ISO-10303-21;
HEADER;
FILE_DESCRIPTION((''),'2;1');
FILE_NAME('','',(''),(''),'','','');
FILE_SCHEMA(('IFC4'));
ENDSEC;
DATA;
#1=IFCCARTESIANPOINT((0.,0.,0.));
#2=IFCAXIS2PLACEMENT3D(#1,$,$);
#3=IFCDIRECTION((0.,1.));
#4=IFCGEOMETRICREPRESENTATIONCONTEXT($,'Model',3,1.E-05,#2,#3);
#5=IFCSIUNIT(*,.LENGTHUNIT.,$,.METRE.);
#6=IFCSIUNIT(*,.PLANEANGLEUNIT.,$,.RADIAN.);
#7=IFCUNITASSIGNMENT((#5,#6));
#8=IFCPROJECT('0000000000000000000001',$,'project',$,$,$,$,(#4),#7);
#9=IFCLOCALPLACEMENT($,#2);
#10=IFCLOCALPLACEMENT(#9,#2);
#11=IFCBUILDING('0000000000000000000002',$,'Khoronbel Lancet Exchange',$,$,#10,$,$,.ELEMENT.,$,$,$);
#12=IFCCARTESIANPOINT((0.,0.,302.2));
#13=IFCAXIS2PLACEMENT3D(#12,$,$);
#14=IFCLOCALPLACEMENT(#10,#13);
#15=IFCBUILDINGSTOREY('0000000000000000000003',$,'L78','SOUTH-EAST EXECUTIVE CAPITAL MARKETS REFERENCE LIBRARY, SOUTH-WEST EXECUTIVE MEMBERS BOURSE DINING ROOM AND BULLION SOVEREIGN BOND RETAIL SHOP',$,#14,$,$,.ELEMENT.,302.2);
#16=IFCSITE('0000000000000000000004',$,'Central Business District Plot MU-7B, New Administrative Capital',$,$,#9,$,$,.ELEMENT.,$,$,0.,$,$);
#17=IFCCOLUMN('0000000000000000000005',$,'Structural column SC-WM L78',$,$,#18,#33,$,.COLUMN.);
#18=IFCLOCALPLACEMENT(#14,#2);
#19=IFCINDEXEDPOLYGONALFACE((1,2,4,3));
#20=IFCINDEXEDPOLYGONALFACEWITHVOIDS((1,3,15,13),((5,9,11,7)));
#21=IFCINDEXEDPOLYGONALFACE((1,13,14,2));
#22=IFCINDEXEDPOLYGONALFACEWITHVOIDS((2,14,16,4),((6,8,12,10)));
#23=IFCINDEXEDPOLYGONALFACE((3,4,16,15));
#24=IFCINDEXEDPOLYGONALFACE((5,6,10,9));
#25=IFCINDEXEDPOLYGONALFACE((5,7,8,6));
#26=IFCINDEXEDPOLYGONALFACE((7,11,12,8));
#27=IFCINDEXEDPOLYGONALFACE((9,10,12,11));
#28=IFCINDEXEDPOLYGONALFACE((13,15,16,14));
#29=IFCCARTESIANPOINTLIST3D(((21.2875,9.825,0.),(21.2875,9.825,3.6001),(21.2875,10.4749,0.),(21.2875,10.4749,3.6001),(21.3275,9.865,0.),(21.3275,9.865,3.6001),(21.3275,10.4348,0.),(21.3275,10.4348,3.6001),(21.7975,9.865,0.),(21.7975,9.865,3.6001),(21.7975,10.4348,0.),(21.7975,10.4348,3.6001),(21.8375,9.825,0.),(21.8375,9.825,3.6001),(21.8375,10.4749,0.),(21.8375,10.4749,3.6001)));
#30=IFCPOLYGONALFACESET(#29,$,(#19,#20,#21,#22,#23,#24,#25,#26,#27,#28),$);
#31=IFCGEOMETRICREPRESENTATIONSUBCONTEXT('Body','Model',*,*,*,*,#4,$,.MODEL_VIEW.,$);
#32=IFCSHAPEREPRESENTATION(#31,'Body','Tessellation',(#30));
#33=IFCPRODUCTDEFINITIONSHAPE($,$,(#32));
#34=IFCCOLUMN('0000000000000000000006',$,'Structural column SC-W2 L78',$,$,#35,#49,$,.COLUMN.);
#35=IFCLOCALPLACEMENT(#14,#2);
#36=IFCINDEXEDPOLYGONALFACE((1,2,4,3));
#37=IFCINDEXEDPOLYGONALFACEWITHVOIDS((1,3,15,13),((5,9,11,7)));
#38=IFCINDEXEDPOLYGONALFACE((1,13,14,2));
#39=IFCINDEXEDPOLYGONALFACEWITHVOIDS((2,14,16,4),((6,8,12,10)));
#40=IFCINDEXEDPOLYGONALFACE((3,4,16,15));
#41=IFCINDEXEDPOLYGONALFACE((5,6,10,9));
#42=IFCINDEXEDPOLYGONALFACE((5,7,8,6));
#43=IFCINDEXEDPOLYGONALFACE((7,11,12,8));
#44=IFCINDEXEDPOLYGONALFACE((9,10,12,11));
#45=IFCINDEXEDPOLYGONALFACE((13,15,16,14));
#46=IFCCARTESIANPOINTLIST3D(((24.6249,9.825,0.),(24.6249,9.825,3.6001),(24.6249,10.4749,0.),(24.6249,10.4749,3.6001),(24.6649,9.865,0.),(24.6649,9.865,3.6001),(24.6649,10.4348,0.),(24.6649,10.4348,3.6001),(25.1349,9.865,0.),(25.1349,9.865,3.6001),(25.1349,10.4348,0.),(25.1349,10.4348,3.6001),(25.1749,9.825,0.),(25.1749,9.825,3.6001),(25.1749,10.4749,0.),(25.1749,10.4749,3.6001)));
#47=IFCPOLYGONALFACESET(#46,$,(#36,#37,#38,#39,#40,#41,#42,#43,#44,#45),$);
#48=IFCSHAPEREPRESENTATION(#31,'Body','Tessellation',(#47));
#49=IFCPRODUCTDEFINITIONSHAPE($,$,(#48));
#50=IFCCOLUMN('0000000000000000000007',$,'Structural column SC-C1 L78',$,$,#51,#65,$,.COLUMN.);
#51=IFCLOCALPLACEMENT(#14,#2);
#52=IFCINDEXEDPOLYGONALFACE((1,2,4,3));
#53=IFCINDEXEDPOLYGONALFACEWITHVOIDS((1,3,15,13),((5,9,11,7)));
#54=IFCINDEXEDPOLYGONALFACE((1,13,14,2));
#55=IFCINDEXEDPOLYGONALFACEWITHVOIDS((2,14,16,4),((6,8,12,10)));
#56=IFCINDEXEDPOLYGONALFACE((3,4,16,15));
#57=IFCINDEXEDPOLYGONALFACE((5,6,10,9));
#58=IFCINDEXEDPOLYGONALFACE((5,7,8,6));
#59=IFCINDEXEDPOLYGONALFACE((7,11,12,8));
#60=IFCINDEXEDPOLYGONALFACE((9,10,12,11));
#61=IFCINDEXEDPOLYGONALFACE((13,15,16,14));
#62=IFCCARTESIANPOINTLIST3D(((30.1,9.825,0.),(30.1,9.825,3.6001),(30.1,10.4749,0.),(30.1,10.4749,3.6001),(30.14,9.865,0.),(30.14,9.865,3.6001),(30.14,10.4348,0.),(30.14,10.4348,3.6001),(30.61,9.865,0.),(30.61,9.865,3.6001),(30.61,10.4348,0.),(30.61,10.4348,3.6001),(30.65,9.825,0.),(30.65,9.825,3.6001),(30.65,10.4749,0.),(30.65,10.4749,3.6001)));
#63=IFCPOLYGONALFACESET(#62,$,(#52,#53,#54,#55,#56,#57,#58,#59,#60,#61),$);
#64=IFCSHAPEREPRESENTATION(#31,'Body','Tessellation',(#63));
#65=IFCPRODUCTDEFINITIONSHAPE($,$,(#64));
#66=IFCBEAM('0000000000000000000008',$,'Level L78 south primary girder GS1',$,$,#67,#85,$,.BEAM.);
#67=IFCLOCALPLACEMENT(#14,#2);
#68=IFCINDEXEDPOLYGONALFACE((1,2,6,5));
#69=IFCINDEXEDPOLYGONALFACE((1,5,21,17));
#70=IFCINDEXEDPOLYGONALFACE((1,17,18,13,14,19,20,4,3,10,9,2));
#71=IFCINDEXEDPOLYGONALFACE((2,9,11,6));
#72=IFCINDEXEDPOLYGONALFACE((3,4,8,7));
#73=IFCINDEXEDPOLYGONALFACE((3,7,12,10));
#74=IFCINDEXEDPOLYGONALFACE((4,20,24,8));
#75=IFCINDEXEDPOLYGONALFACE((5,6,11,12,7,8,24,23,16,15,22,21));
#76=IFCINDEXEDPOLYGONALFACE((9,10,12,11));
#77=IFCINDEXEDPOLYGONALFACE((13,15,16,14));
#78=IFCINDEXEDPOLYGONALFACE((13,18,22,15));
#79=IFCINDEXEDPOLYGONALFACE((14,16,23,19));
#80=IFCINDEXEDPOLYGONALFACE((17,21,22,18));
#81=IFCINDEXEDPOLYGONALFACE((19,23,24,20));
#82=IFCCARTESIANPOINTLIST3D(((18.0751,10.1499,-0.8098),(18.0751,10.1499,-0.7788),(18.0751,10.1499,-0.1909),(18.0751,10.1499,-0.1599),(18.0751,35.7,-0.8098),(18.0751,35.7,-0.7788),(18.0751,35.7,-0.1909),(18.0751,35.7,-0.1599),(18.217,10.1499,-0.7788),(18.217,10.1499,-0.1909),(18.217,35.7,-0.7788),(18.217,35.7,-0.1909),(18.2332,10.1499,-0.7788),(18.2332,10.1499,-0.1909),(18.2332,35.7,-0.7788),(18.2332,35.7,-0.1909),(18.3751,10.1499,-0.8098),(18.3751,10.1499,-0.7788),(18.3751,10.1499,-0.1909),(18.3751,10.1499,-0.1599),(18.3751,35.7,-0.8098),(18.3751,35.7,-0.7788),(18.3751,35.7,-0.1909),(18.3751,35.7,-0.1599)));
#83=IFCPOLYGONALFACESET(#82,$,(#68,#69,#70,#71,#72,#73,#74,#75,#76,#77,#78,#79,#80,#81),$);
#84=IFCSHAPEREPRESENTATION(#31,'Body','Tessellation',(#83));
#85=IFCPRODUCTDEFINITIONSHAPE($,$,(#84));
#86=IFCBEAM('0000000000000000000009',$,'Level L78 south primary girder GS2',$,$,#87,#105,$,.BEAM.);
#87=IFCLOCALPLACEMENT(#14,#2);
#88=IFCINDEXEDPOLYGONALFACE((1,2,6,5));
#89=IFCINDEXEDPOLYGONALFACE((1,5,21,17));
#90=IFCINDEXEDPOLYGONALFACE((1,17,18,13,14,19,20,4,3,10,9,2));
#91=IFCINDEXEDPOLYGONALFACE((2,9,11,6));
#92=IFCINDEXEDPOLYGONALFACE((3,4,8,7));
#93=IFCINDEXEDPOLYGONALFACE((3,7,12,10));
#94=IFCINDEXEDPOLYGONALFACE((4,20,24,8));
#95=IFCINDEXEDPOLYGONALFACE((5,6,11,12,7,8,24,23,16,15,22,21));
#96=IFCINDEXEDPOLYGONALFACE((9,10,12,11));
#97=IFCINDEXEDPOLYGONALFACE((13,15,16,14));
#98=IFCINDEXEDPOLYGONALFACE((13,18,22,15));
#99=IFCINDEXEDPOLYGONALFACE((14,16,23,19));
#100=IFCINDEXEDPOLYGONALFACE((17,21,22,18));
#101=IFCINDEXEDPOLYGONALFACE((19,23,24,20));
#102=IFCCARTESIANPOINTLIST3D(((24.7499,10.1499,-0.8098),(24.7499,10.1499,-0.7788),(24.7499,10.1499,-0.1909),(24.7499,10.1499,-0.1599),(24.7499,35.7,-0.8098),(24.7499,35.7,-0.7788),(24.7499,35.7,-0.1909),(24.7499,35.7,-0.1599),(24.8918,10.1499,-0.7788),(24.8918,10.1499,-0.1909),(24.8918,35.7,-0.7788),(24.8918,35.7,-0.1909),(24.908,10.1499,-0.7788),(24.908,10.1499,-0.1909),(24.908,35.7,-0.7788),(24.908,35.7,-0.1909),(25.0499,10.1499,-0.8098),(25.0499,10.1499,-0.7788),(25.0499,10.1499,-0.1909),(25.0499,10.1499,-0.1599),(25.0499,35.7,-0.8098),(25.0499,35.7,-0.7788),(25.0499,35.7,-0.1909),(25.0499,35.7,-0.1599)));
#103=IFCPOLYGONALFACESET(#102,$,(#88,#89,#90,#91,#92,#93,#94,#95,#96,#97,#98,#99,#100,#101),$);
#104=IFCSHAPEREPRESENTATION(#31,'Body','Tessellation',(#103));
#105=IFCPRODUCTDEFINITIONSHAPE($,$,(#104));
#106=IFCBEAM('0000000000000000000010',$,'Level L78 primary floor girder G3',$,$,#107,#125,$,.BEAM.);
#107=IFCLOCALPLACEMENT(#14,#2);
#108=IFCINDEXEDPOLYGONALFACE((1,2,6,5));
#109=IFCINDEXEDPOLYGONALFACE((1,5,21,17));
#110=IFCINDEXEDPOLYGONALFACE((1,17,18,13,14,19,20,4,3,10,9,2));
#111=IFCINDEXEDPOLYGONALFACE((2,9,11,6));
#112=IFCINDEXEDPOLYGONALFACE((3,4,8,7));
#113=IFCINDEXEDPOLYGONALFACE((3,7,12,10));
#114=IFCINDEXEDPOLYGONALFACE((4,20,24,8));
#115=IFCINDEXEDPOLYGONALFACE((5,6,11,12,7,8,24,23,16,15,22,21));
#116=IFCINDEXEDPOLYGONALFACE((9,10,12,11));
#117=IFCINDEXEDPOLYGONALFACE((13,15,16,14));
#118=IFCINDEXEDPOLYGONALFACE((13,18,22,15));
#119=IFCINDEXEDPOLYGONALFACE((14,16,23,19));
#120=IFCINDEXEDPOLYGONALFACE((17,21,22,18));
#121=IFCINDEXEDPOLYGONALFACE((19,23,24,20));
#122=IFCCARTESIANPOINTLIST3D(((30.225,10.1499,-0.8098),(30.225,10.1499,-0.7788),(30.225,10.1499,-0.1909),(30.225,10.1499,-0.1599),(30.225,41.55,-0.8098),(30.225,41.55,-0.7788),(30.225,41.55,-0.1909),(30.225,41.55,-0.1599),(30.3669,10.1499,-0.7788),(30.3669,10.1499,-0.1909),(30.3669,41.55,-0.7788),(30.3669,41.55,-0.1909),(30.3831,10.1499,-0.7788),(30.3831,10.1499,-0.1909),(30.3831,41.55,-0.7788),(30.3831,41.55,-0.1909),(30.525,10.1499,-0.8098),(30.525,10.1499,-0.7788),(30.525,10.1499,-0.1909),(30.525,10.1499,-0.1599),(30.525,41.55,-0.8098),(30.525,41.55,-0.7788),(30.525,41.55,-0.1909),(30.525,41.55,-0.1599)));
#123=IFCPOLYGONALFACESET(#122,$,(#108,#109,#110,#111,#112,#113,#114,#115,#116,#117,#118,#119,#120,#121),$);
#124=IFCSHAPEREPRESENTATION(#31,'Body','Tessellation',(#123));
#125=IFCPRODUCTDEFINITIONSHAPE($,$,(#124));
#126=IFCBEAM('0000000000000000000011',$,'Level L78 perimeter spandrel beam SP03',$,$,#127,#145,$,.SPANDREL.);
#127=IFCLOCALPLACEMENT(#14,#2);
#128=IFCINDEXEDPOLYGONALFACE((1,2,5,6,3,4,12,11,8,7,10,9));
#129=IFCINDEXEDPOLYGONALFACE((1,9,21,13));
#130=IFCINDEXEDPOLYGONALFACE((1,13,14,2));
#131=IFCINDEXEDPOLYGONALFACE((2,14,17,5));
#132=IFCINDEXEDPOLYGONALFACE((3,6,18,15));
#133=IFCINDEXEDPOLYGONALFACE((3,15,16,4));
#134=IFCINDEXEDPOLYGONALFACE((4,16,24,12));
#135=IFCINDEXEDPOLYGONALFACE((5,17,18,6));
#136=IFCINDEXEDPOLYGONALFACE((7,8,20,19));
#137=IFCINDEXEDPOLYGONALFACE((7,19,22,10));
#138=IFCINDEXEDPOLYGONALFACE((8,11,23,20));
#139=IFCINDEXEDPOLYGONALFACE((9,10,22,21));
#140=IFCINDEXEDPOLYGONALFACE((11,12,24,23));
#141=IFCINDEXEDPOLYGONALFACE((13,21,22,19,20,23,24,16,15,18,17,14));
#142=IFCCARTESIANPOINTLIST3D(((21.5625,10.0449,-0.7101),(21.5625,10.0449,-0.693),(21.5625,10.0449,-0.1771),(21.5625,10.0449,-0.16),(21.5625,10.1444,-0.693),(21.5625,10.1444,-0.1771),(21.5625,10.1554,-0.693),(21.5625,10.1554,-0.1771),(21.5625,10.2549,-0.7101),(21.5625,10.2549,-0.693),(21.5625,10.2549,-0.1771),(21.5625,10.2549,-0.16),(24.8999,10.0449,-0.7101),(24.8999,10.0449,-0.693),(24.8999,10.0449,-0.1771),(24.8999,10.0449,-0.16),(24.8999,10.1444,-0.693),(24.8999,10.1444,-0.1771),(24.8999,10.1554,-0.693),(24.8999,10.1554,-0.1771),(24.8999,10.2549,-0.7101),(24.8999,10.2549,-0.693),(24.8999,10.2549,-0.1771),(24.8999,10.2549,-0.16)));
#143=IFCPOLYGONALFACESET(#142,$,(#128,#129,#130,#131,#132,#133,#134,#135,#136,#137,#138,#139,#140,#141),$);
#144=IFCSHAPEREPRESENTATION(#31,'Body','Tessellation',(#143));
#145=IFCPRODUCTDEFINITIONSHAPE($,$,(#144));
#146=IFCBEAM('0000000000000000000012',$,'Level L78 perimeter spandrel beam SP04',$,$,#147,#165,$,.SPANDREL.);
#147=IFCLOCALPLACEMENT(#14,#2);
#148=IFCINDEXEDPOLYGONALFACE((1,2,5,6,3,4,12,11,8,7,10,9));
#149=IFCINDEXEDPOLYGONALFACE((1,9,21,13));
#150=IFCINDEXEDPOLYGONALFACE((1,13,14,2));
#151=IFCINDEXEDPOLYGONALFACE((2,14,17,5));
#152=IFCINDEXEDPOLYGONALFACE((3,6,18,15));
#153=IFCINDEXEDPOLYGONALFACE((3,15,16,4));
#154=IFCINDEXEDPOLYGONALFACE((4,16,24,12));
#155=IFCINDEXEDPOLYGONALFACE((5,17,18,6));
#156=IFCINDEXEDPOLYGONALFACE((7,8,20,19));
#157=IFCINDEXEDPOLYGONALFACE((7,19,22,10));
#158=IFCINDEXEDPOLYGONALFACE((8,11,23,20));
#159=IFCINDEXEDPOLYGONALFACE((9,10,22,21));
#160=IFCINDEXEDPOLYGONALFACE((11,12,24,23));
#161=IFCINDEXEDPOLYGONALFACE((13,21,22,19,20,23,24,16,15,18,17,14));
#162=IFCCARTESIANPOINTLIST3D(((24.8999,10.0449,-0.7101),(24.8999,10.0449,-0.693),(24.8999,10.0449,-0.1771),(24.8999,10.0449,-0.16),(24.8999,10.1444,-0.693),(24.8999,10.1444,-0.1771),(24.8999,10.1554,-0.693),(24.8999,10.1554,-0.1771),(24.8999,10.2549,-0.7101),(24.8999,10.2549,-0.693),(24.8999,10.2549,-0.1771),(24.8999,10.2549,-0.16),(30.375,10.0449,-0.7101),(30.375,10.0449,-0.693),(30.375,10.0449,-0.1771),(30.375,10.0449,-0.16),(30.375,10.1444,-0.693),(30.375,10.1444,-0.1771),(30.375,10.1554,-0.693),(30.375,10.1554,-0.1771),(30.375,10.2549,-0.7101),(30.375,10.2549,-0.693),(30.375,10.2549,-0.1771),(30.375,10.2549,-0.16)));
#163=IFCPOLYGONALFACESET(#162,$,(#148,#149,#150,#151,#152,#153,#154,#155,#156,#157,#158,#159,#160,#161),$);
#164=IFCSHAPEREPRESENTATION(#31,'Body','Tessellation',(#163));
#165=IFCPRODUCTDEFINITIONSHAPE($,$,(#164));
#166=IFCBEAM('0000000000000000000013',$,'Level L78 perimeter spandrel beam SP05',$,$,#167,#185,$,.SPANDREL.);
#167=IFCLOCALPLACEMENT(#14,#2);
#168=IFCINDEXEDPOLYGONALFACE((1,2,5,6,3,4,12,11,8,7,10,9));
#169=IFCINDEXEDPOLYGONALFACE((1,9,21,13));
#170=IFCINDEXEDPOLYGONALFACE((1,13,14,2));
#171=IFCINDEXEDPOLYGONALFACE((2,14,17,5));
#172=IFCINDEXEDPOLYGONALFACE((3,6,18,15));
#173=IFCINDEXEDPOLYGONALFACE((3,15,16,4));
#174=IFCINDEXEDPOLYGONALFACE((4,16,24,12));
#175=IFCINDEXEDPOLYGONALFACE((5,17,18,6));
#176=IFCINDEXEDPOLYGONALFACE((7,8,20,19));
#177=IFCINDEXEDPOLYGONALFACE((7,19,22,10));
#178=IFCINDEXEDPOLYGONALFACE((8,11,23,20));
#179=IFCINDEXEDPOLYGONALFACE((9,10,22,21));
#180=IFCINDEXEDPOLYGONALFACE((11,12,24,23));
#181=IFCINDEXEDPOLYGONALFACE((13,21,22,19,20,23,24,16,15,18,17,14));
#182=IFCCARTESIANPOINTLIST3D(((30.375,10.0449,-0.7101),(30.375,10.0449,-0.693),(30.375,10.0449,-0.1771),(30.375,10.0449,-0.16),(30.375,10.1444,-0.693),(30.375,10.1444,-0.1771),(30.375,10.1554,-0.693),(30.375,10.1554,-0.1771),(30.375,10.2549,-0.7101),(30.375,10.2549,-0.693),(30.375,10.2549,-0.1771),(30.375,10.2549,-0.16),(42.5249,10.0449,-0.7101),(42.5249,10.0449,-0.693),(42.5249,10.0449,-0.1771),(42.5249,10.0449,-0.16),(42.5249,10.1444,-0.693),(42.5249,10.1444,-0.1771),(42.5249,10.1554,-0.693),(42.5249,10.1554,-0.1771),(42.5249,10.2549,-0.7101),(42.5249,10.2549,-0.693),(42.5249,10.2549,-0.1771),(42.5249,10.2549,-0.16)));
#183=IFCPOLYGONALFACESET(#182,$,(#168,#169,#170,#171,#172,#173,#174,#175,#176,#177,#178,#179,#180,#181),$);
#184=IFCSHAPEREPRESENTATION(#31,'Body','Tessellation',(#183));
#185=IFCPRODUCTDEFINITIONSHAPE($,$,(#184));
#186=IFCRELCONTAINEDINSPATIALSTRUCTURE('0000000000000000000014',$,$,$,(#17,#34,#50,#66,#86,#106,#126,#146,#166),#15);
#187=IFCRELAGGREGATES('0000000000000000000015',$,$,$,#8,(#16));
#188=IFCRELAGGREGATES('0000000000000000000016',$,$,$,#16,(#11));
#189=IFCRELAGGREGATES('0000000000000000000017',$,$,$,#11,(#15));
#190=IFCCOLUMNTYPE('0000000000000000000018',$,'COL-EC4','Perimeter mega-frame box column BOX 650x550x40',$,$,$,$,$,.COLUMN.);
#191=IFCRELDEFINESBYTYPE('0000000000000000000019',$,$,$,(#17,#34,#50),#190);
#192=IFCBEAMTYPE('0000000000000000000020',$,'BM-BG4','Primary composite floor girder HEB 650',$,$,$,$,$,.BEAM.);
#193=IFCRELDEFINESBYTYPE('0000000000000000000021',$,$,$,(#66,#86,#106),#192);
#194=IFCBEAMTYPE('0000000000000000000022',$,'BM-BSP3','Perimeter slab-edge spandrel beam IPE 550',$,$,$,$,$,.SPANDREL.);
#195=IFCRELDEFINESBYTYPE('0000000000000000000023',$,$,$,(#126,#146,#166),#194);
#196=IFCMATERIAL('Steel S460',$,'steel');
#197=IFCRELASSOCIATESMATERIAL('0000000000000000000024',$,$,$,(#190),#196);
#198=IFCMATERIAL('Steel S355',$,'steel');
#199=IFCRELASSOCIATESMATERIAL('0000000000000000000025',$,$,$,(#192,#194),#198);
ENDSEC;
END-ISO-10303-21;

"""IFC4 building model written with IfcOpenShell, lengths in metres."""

from ifc_helpers import new_model, si_unit, direction, frame, origin, origin_2d, place, context, subcontext, project, spatial, hollow_rectangle, i_section, extrude, material, material_profile, profile_set, type_object, element, save


model = new_model("IFC4")

# Units and contexts
model_context = context("Model", 3, precision=1e-05, world=origin(), true_north=direction((0.0, 1.0)))
body_context = subcontext(model_context, "Body", "Model", "MODEL_VIEW")
ifc_project = project(units=[si_unit("LENGTHUNIT", "METRE"), si_unit("PLANEANGLEUNIT", "RADIAN")], contexts=[model_context])

# Site, building, storey
site_placement = place(None, origin())
site = spatial("IfcSite", under=ifc_project, at=site_placement, Name="Central Business District Plot MU-7B, New Administrative Capital", CompositionType="ELEMENT", RefElevation=0.0)
building_placement = place(site_placement, origin())
building = spatial("IfcBuilding", under=site, at=building_placement, Name="Khoronbel Lancet Exchange", CompositionType="ELEMENT")
storey_placement = place(building_placement, frame((0.0, 0.0, 302.2)))
storey = spatial("IfcBuildingStorey", under=building, at=storey_placement, Name="L78", Description="SOUTH-EAST EXECUTIVE CAPITAL MARKETS REFERENCE LIBRARY, SOUTH-WEST EXECUTIVE MEMBERS BOURSE DINING ROOM AND BULLION SOVEREIGN BOND RETAIL SHOP", CompositionType="ELEMENT", Elevation=302.2)

# Columns
ifc_material_1 = material(Name="Steel S460", Category="steel")
ifc_material_profile_1 = material_profile(ifc_material_1, hollow_rectangle(XDim=0.55, YDim=0.6499, WallThickness=0.04, at=origin_2d()), Name="BOX 650x550x40")
ifc_profile_set_1 = profile_set([ifc_material_profile_1], Name="Steel S460")
column_type = type_object("IfcColumnType", Name="COL-EC4", Description="Perimeter mega-frame box column BOX 650x550x40", PredefinedType="COLUMN", material=ifc_profile_set_1)
for number, where, z_axis, x_axis, name in (
    (1, (21.5625, 10.1499, 0.0), (0.0, 0.0, 1.0), (1.0, 0.0, 0.0), "Structural column SC-WM L78"),
    (2, (24.8999, 10.1499, 0.0), (0.0, 0.0, 1.0), (1.0, 0.0, 0.0), "Structural column SC-W2 L78"),
    (3, (30.375, 10.1499, 0.0), (0.0, 0.0, 1.0), (1.0, 0.0, 0.0), "Structural column SC-C1 L78"),
):
    element("IfcColumn", number, at=place(storey_placement, frame(where, z_axis=z_axis, x_axis=x_axis)), inside=storey, type_object=column_type, Name=name, PredefinedType="COLUMN", context=body_context, shape_type="SweptSolid", body=[
        extrude(hollow_rectangle(XDim=0.55, YDim=0.6499, WallThickness=0.04, at=origin_2d()), origin(), (0.0, 0.0, 1.0), 3.6001),
    ])

# Beams
ifc_material_2 = material(Name="Steel S355", Category="steel")
ifc_material_profile_2 = material_profile(ifc_material_2, i_section(OverallWidth=0.3, OverallDepth=0.6499, WebThickness=0.0161, FlangeThickness=0.031, at=origin_2d()), Name="HEB 650")
ifc_profile_set_2 = profile_set([ifc_material_profile_2], Name="Steel S355")
beam_type_1 = type_object("IfcBeamType", Name="BM-BG4", Description="Primary composite floor girder HEB 650", PredefinedType="BEAM", material=ifc_profile_set_2)
for number, where, z_axis, x_axis, name in (
    (4, (18.2251, 10.1499, -0.4849), (0.0, 1.0, 0.0), (-1.0, 0.0, 0.0), "Level L78 south primary girder GS1"),
    (5, (24.8999, 10.1499, -0.4849), (0.0, 1.0, 0.0), (-1.0, 0.0, 0.0), "Level L78 south primary girder GS2"),
):
    element("IfcBeam", number, at=place(storey_placement, frame(where, z_axis=z_axis, x_axis=x_axis)), inside=storey, type_object=beam_type_1, Name=name, PredefinedType="BEAM", context=body_context, shape_type="SweptSolid", body=[
        extrude(i_section(OverallWidth=0.3, OverallDepth=0.6499, WebThickness=0.0161, FlangeThickness=0.031, at=origin_2d()), origin(), (0.0, 0.0, 1.0), 25.55),
    ])
beam_1_placement = place(storey_placement, frame((30.375, 10.1499, -0.4849), z_axis=(0.0, 1.0, 0.0), x_axis=(-1.0, 0.0, 0.0)))
element("IfcBeam", 6, at=beam_1_placement, inside=storey, type_object=beam_type_1, Name="Level L78 primary floor girder G3", PredefinedType="BEAM", context=body_context, shape_type="SweptSolid", body=[
    extrude(i_section(OverallWidth=0.3, OverallDepth=0.6499, WebThickness=0.0161, FlangeThickness=0.031, at=origin_2d()), origin(), (0.0, 0.0, 1.0), 31.4001),
])
ifc_material_profile_3 = material_profile(ifc_material_2, i_section(OverallWidth=0.21, OverallDepth=0.55, WebThickness=0.011, FlangeThickness=0.0171, at=origin_2d()), Name="IPE 550")
ifc_profile_set_3 = profile_set([ifc_material_profile_3], Name="Steel S355")
beam_type_2 = type_object("IfcBeamType", Name="BM-BSP3", Description="Perimeter slab-edge spandrel beam IPE 550", PredefinedType="SPANDREL", material=ifc_profile_set_3)
beam_2_placement = place(storey_placement, frame((21.5625, 10.1499, -0.4351), z_axis=(1.0, 0.0, 0.0), x_axis=(0.0, 1.0, 0.0)))
element("IfcBeam", 7, at=beam_2_placement, inside=storey, type_object=beam_type_2, Name="Level L78 perimeter spandrel beam SP03", PredefinedType="SPANDREL", context=body_context, shape_type="SweptSolid", body=[
    extrude(i_section(OverallWidth=0.21, OverallDepth=0.55, WebThickness=0.011, FlangeThickness=0.0171, at=origin_2d()), origin(), (0.0, 0.0, 1.0), 3.3374),
])
beam_3_placement = place(storey_placement, frame((24.8999, 10.1499, -0.4351), z_axis=(1.0, 0.0, 0.0), x_axis=(0.0, 1.0, 0.0)))
element("IfcBeam", 8, at=beam_3_placement, inside=storey, type_object=beam_type_2, Name="Level L78 perimeter spandrel beam SP04", PredefinedType="SPANDREL", context=body_context, shape_type="SweptSolid", body=[
    extrude(i_section(OverallWidth=0.21, OverallDepth=0.55, WebThickness=0.011, FlangeThickness=0.0171, at=origin_2d()), origin(), (0.0, 0.0, 1.0), 5.4751),
])
beam_4_placement = place(storey_placement, frame((30.375, 10.1499, -0.4351), z_axis=(1.0, 0.0, 0.0), x_axis=(0.0, 1.0, 0.0)))
element("IfcBeam", 9, at=beam_4_placement, inside=storey, type_object=beam_type_2, Name="Level L78 perimeter spandrel beam SP05", PredefinedType="SPANDREL", context=body_context, shape_type="SweptSolid", body=[
    extrude(i_section(OverallWidth=0.21, OverallDepth=0.55, WebThickness=0.011, FlangeThickness=0.0171, at=origin_2d()), origin(), (0.0, 0.0, 1.0), 12.1499),
])

save(model, "model.ifc")
